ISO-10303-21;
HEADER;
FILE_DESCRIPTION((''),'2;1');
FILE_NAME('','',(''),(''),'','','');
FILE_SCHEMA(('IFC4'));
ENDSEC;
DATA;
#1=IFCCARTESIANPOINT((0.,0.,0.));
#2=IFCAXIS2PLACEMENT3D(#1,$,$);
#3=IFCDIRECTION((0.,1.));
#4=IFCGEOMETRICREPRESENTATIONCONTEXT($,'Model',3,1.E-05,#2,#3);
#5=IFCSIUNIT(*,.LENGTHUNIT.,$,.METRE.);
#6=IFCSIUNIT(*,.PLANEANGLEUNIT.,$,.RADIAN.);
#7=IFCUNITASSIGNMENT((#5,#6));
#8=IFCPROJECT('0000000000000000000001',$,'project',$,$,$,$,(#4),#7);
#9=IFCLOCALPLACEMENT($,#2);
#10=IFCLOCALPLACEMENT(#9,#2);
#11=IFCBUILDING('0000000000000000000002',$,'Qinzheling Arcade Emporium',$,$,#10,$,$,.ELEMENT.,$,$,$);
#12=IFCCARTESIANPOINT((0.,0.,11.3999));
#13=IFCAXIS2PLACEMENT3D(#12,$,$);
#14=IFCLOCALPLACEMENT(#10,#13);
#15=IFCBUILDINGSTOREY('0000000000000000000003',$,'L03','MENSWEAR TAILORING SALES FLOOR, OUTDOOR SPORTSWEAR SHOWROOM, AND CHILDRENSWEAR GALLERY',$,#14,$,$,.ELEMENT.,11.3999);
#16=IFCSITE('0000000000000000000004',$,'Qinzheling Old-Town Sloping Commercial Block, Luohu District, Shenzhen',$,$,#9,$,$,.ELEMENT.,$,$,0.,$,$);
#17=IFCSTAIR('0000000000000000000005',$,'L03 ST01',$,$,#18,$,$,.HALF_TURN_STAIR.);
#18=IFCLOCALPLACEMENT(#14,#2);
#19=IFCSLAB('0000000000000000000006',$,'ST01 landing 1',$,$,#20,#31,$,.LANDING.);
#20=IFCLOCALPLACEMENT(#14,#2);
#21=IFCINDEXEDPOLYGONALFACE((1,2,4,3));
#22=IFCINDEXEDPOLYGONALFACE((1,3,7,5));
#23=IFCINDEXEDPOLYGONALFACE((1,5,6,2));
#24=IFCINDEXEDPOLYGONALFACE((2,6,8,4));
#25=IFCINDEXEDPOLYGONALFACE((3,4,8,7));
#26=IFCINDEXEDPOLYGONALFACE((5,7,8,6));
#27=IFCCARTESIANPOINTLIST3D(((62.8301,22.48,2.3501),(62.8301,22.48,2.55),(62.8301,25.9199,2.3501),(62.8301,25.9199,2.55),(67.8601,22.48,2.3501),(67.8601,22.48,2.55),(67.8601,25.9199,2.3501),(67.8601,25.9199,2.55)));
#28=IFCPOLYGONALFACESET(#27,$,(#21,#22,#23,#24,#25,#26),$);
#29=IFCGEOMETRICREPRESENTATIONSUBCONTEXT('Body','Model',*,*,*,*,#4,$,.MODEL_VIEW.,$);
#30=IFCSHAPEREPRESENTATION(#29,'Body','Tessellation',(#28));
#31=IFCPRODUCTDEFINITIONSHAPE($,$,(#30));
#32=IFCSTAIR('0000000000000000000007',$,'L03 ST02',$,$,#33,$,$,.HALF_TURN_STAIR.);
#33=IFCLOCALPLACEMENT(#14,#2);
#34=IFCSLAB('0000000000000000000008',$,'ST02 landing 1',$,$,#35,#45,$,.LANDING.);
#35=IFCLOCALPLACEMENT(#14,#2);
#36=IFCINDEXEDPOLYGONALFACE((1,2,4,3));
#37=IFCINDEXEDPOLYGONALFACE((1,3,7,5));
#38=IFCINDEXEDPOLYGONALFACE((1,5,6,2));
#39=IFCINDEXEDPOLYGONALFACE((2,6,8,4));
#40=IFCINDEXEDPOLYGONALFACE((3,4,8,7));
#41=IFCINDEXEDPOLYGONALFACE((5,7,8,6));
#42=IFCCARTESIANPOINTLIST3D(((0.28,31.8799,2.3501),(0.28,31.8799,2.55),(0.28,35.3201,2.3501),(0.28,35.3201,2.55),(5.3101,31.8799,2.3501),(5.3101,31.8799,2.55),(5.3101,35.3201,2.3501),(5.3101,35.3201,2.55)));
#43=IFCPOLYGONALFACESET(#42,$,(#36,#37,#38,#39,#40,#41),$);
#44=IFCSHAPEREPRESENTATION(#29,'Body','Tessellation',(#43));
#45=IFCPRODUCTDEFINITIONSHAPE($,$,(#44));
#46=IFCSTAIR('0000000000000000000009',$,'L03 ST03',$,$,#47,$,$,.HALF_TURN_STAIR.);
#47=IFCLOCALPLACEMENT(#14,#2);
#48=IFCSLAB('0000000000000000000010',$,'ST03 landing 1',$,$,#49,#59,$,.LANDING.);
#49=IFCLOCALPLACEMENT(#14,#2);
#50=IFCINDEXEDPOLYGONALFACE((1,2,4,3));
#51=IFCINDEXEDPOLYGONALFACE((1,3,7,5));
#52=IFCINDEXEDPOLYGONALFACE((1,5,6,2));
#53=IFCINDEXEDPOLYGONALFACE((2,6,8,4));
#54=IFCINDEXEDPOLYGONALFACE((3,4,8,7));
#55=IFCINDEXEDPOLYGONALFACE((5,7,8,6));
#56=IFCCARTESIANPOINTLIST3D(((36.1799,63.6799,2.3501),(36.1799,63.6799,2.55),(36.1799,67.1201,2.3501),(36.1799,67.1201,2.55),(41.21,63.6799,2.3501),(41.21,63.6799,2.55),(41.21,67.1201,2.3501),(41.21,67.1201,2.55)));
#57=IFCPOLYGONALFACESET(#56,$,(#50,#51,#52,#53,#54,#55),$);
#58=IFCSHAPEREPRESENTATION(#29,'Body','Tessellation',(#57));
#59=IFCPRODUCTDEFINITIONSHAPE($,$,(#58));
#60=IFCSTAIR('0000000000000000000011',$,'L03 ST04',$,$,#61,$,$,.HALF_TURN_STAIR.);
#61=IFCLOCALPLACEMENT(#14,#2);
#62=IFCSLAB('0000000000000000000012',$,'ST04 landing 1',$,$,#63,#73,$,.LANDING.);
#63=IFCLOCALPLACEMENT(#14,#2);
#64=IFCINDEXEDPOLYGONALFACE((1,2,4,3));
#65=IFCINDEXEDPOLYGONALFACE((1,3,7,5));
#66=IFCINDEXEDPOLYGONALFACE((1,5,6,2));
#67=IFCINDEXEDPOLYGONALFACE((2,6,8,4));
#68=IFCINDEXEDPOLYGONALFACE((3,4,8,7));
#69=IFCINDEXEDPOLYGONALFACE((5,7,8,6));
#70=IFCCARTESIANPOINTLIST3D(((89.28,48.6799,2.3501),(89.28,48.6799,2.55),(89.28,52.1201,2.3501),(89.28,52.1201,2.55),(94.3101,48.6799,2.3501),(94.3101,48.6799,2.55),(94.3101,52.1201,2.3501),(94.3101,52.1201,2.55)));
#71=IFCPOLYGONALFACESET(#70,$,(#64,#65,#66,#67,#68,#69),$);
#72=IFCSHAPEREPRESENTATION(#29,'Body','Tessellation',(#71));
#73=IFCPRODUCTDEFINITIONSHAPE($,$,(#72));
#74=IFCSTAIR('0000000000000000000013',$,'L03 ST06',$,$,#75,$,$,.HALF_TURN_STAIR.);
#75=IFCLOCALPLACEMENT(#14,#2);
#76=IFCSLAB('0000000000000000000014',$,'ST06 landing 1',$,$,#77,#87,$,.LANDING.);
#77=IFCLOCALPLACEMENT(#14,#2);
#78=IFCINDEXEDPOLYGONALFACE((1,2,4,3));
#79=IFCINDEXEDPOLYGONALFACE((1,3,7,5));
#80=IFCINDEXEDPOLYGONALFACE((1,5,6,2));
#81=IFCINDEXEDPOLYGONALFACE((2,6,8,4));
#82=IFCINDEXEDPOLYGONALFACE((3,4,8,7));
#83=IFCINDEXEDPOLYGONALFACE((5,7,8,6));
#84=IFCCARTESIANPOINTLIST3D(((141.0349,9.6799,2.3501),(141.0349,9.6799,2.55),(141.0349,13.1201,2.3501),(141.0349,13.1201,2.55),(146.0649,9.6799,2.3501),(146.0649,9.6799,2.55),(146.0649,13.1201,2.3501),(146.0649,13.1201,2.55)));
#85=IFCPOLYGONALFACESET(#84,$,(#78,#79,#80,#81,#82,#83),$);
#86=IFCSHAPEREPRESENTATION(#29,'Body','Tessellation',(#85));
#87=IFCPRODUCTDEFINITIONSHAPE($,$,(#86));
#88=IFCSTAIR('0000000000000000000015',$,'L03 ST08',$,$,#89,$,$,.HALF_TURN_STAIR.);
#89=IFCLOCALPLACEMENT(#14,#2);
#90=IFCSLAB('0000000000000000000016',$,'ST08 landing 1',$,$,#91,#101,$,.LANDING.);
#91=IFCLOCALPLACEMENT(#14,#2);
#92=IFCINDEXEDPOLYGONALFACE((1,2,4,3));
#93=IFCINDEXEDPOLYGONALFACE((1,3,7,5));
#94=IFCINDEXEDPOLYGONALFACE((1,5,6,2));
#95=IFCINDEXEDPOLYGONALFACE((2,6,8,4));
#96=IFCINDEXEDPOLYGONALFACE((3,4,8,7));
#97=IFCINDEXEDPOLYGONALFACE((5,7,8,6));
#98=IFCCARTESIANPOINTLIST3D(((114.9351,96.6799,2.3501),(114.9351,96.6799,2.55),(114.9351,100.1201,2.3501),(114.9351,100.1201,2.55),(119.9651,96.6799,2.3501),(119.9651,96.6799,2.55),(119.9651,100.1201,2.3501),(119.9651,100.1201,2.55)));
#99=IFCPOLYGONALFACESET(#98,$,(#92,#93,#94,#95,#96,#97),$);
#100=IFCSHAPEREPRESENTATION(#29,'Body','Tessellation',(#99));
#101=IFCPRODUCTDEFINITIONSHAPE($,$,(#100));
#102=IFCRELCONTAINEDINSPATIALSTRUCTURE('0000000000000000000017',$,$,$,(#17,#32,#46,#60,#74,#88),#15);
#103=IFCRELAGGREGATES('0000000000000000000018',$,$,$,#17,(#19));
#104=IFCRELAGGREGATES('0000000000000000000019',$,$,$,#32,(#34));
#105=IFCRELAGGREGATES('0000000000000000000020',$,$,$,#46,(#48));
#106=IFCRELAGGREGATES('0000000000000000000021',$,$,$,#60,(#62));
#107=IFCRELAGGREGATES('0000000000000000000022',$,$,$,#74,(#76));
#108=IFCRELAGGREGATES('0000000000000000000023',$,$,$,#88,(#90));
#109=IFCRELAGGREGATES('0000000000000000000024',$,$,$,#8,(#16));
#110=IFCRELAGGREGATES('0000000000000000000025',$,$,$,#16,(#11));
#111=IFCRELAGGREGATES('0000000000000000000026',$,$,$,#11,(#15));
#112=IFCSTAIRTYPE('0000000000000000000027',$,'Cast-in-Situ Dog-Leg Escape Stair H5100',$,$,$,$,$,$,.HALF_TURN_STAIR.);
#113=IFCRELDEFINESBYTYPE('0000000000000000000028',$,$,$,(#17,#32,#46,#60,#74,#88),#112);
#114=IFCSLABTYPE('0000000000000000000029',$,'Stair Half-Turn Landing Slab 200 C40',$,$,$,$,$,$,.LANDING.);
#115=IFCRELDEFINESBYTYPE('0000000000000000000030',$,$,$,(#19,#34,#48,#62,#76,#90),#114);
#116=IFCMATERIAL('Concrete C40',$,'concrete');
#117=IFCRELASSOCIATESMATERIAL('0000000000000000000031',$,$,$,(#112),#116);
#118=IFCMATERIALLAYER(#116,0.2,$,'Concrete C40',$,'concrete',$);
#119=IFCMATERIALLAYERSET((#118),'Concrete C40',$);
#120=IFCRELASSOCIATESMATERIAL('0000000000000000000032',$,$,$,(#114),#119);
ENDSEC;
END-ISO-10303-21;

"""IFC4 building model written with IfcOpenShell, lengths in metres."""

from ifc_helpers import new_model, si_unit, direction, frame, origin, place, context, subcontext, project, spatial, polyline, outline, extrude, material, layer, layer_set, type_object, element, aggregate, save


model = new_model("IFC4")

# Units and contexts
model_context = context("Model", 3, precision=1e-05, world=origin(), true_north=direction((0.0, 1.0)))
body_context = subcontext(model_context, "Body", "Model", "MODEL_VIEW")
ifc_project = project(units=[si_unit("LENGTHUNIT", "METRE"), si_unit("PLANEANGLEUNIT", "RADIAN")], contexts=[model_context])

# Site, building, storey
site_placement = place(None, origin())
site = spatial("IfcSite", under=ifc_project, at=site_placement, Name="Qinzheling Old-Town Sloping Commercial Block, Luohu District, Shenzhen", CompositionType="ELEMENT", RefElevation=0.0)
building_placement = place(site_placement, origin())
building = spatial("IfcBuilding", under=site, at=building_placement, Name="Qinzheling Arcade Emporium", CompositionType="ELEMENT")
storey_placement = place(building_placement, frame((0.0, 0.0, 11.3999)))
storey = spatial("IfcBuildingStorey", under=building, at=storey_placement, Name="L03", Description="MENSWEAR TAILORING SALES FLOOR, OUTDOOR SPORTSWEAR SHOWROOM, AND CHILDRENSWEAR GALLERY", CompositionType="ELEMENT", Elevation=11.3999)

# Shared definitions
ifc_material = material(Name="Concrete C40", Category="concrete")

# Stairs, slabs
stair_type = type_object("IfcStairType", Name="Cast-in-Situ Dog-Leg Escape Stair H5100", PredefinedType="HALF_TURN_STAIR", material=ifc_material)
stair_1_placement = place(storey_placement, origin())
stair_1 = element("IfcStair", 1, at=stair_1_placement, inside=storey, type_object=stair_type, Name="L03 ST01", PredefinedType="HALF_TURN_STAIR")
ifc_layer_1 = layer(ifc_material, 0.2, Name="Concrete C40", Category="concrete")
ifc_layer_set_1 = layer_set([ifc_layer_1], Name="Concrete C40")
slab_type_1 = type_object("IfcSlabType", Name="Stair Half-Turn Landing Slab 200 C40", PredefinedType="LANDING", material=ifc_layer_set_1)
slab_1_placement = place(storey_placement, frame((0.0, 0.0, 2.3501)))
slab_1 = element("IfcSlab", 2, at=slab_1_placement, type_object=slab_type_1, Name="ST01 landing 1", PredefinedType="LANDING", context=body_context, shape_type="SweptSolid", body=[
    extrude(outline(polyline([(62.8301, 25.9199), (67.8601, 25.9199), (67.8601, 22.48), (62.8301, 22.48), (62.8301, 25.9199)])), origin(), (0.0, 0.0, 1.0), 0.2),
])
aggregate(stair_1, [slab_1])
stair_2_placement = place(storey_placement, origin())
stair_2 = element("IfcStair", 3, at=stair_2_placement, inside=storey, type_object=stair_type, Name="L03 ST02", PredefinedType="HALF_TURN_STAIR")
slab_2_placement = place(storey_placement, frame((0.0, 0.0, 2.3501)))
slab_2 = element("IfcSlab", 4, at=slab_2_placement, type_object=slab_type_1, Name="ST02 landing 1", PredefinedType="LANDING", context=body_context, shape_type="SweptSolid", body=[
    extrude(outline(polyline([(0.28, 35.3201), (5.3101, 35.3201), (5.3101, 31.8799), (0.28, 31.8799), (0.28, 35.3201)])), origin(), (0.0, 0.0, 1.0), 0.2),
])
aggregate(stair_2, [slab_2])
stair_3_placement = place(storey_placement, origin())
stair_3 = element("IfcStair", 5, at=stair_3_placement, inside=storey, type_object=stair_type, Name="L03 ST03", PredefinedType="HALF_TURN_STAIR")
slab_3_placement = place(storey_placement, frame((0.0, 0.0, 2.3501)))
slab_3 = element("IfcSlab", 6, at=slab_3_placement, type_object=slab_type_1, Name="ST03 landing 1", PredefinedType="LANDING", context=body_context, shape_type="SweptSolid", body=[
    extrude(outline(polyline([(36.1799, 67.1201), (41.21, 67.1201), (41.21, 63.6799), (36.1799, 63.6799), (36.1799, 67.1201)])), origin(), (0.0, 0.0, 1.0), 0.2),
])
aggregate(stair_3, [slab_3])
stair_4_placement = place(storey_placement, origin())
stair_4 = element("IfcStair", 7, at=stair_4_placement, inside=storey, type_object=stair_type, Name="L03 ST04", PredefinedType="HALF_TURN_STAIR")
slab_4_placement = place(storey_placement, frame((0.0, 0.0, 2.3501)))
slab_4 = element("IfcSlab", 8, at=slab_4_placement, type_object=slab_type_1, Name="ST04 landing 1", PredefinedType="LANDING", context=body_context, shape_type="SweptSolid", body=[
    extrude(outline(polyline([(94.3101, 48.6799), (89.28, 48.6799), (89.28, 52.1201), (94.3101, 52.1201), (94.3101, 48.6799)])), origin(), (0.0, 0.0, 1.0), 0.2),
])
aggregate(stair_4, [slab_4])
stair_5_placement = place(storey_placement, origin())
stair_5 = element("IfcStair", 9, at=stair_5_placement, inside=storey, type_object=stair_type, Name="L03 ST06", PredefinedType="HALF_TURN_STAIR")
slab_5_placement = place(storey_placement, frame((0.0, 0.0, 2.3501)))
slab_5 = element("IfcSlab", 10, at=slab_5_placement, type_object=slab_type_1, Name="ST06 landing 1", PredefinedType="LANDING", context=body_context, shape_type="SweptSolid", body=[
    extrude(outline(polyline([(146.0649, 9.6799), (141.0349, 9.6799), (141.0349, 13.1201), (146.0649, 13.1201), (146.0649, 9.6799)])), origin(), (0.0, 0.0, 1.0), 0.2),
])
aggregate(stair_5, [slab_5])
stair_6_placement = place(storey_placement, origin())
stair_6 = element("IfcStair", 11, at=stair_6_placement, inside=storey, type_object=stair_type, Name="L03 ST08", PredefinedType="HALF_TURN_STAIR")
slab_6_placement = place(storey_placement, frame((0.0, 0.0, 2.3501)))
slab_6 = element("IfcSlab", 12, at=slab_6_placement, type_object=slab_type_1, Name="ST08 landing 1", PredefinedType="LANDING", context=body_context, shape_type="SweptSolid", body=[
    extrude(outline(polyline([(114.9351, 100.1201), (119.9651, 100.1201), (119.9651, 96.6799), (114.9351, 96.6799), (114.9351, 100.1201)])), origin(), (0.0, 0.0, 1.0), 0.2),
])
aggregate(stair_6, [slab_6])

save(model, "model.ifc")
